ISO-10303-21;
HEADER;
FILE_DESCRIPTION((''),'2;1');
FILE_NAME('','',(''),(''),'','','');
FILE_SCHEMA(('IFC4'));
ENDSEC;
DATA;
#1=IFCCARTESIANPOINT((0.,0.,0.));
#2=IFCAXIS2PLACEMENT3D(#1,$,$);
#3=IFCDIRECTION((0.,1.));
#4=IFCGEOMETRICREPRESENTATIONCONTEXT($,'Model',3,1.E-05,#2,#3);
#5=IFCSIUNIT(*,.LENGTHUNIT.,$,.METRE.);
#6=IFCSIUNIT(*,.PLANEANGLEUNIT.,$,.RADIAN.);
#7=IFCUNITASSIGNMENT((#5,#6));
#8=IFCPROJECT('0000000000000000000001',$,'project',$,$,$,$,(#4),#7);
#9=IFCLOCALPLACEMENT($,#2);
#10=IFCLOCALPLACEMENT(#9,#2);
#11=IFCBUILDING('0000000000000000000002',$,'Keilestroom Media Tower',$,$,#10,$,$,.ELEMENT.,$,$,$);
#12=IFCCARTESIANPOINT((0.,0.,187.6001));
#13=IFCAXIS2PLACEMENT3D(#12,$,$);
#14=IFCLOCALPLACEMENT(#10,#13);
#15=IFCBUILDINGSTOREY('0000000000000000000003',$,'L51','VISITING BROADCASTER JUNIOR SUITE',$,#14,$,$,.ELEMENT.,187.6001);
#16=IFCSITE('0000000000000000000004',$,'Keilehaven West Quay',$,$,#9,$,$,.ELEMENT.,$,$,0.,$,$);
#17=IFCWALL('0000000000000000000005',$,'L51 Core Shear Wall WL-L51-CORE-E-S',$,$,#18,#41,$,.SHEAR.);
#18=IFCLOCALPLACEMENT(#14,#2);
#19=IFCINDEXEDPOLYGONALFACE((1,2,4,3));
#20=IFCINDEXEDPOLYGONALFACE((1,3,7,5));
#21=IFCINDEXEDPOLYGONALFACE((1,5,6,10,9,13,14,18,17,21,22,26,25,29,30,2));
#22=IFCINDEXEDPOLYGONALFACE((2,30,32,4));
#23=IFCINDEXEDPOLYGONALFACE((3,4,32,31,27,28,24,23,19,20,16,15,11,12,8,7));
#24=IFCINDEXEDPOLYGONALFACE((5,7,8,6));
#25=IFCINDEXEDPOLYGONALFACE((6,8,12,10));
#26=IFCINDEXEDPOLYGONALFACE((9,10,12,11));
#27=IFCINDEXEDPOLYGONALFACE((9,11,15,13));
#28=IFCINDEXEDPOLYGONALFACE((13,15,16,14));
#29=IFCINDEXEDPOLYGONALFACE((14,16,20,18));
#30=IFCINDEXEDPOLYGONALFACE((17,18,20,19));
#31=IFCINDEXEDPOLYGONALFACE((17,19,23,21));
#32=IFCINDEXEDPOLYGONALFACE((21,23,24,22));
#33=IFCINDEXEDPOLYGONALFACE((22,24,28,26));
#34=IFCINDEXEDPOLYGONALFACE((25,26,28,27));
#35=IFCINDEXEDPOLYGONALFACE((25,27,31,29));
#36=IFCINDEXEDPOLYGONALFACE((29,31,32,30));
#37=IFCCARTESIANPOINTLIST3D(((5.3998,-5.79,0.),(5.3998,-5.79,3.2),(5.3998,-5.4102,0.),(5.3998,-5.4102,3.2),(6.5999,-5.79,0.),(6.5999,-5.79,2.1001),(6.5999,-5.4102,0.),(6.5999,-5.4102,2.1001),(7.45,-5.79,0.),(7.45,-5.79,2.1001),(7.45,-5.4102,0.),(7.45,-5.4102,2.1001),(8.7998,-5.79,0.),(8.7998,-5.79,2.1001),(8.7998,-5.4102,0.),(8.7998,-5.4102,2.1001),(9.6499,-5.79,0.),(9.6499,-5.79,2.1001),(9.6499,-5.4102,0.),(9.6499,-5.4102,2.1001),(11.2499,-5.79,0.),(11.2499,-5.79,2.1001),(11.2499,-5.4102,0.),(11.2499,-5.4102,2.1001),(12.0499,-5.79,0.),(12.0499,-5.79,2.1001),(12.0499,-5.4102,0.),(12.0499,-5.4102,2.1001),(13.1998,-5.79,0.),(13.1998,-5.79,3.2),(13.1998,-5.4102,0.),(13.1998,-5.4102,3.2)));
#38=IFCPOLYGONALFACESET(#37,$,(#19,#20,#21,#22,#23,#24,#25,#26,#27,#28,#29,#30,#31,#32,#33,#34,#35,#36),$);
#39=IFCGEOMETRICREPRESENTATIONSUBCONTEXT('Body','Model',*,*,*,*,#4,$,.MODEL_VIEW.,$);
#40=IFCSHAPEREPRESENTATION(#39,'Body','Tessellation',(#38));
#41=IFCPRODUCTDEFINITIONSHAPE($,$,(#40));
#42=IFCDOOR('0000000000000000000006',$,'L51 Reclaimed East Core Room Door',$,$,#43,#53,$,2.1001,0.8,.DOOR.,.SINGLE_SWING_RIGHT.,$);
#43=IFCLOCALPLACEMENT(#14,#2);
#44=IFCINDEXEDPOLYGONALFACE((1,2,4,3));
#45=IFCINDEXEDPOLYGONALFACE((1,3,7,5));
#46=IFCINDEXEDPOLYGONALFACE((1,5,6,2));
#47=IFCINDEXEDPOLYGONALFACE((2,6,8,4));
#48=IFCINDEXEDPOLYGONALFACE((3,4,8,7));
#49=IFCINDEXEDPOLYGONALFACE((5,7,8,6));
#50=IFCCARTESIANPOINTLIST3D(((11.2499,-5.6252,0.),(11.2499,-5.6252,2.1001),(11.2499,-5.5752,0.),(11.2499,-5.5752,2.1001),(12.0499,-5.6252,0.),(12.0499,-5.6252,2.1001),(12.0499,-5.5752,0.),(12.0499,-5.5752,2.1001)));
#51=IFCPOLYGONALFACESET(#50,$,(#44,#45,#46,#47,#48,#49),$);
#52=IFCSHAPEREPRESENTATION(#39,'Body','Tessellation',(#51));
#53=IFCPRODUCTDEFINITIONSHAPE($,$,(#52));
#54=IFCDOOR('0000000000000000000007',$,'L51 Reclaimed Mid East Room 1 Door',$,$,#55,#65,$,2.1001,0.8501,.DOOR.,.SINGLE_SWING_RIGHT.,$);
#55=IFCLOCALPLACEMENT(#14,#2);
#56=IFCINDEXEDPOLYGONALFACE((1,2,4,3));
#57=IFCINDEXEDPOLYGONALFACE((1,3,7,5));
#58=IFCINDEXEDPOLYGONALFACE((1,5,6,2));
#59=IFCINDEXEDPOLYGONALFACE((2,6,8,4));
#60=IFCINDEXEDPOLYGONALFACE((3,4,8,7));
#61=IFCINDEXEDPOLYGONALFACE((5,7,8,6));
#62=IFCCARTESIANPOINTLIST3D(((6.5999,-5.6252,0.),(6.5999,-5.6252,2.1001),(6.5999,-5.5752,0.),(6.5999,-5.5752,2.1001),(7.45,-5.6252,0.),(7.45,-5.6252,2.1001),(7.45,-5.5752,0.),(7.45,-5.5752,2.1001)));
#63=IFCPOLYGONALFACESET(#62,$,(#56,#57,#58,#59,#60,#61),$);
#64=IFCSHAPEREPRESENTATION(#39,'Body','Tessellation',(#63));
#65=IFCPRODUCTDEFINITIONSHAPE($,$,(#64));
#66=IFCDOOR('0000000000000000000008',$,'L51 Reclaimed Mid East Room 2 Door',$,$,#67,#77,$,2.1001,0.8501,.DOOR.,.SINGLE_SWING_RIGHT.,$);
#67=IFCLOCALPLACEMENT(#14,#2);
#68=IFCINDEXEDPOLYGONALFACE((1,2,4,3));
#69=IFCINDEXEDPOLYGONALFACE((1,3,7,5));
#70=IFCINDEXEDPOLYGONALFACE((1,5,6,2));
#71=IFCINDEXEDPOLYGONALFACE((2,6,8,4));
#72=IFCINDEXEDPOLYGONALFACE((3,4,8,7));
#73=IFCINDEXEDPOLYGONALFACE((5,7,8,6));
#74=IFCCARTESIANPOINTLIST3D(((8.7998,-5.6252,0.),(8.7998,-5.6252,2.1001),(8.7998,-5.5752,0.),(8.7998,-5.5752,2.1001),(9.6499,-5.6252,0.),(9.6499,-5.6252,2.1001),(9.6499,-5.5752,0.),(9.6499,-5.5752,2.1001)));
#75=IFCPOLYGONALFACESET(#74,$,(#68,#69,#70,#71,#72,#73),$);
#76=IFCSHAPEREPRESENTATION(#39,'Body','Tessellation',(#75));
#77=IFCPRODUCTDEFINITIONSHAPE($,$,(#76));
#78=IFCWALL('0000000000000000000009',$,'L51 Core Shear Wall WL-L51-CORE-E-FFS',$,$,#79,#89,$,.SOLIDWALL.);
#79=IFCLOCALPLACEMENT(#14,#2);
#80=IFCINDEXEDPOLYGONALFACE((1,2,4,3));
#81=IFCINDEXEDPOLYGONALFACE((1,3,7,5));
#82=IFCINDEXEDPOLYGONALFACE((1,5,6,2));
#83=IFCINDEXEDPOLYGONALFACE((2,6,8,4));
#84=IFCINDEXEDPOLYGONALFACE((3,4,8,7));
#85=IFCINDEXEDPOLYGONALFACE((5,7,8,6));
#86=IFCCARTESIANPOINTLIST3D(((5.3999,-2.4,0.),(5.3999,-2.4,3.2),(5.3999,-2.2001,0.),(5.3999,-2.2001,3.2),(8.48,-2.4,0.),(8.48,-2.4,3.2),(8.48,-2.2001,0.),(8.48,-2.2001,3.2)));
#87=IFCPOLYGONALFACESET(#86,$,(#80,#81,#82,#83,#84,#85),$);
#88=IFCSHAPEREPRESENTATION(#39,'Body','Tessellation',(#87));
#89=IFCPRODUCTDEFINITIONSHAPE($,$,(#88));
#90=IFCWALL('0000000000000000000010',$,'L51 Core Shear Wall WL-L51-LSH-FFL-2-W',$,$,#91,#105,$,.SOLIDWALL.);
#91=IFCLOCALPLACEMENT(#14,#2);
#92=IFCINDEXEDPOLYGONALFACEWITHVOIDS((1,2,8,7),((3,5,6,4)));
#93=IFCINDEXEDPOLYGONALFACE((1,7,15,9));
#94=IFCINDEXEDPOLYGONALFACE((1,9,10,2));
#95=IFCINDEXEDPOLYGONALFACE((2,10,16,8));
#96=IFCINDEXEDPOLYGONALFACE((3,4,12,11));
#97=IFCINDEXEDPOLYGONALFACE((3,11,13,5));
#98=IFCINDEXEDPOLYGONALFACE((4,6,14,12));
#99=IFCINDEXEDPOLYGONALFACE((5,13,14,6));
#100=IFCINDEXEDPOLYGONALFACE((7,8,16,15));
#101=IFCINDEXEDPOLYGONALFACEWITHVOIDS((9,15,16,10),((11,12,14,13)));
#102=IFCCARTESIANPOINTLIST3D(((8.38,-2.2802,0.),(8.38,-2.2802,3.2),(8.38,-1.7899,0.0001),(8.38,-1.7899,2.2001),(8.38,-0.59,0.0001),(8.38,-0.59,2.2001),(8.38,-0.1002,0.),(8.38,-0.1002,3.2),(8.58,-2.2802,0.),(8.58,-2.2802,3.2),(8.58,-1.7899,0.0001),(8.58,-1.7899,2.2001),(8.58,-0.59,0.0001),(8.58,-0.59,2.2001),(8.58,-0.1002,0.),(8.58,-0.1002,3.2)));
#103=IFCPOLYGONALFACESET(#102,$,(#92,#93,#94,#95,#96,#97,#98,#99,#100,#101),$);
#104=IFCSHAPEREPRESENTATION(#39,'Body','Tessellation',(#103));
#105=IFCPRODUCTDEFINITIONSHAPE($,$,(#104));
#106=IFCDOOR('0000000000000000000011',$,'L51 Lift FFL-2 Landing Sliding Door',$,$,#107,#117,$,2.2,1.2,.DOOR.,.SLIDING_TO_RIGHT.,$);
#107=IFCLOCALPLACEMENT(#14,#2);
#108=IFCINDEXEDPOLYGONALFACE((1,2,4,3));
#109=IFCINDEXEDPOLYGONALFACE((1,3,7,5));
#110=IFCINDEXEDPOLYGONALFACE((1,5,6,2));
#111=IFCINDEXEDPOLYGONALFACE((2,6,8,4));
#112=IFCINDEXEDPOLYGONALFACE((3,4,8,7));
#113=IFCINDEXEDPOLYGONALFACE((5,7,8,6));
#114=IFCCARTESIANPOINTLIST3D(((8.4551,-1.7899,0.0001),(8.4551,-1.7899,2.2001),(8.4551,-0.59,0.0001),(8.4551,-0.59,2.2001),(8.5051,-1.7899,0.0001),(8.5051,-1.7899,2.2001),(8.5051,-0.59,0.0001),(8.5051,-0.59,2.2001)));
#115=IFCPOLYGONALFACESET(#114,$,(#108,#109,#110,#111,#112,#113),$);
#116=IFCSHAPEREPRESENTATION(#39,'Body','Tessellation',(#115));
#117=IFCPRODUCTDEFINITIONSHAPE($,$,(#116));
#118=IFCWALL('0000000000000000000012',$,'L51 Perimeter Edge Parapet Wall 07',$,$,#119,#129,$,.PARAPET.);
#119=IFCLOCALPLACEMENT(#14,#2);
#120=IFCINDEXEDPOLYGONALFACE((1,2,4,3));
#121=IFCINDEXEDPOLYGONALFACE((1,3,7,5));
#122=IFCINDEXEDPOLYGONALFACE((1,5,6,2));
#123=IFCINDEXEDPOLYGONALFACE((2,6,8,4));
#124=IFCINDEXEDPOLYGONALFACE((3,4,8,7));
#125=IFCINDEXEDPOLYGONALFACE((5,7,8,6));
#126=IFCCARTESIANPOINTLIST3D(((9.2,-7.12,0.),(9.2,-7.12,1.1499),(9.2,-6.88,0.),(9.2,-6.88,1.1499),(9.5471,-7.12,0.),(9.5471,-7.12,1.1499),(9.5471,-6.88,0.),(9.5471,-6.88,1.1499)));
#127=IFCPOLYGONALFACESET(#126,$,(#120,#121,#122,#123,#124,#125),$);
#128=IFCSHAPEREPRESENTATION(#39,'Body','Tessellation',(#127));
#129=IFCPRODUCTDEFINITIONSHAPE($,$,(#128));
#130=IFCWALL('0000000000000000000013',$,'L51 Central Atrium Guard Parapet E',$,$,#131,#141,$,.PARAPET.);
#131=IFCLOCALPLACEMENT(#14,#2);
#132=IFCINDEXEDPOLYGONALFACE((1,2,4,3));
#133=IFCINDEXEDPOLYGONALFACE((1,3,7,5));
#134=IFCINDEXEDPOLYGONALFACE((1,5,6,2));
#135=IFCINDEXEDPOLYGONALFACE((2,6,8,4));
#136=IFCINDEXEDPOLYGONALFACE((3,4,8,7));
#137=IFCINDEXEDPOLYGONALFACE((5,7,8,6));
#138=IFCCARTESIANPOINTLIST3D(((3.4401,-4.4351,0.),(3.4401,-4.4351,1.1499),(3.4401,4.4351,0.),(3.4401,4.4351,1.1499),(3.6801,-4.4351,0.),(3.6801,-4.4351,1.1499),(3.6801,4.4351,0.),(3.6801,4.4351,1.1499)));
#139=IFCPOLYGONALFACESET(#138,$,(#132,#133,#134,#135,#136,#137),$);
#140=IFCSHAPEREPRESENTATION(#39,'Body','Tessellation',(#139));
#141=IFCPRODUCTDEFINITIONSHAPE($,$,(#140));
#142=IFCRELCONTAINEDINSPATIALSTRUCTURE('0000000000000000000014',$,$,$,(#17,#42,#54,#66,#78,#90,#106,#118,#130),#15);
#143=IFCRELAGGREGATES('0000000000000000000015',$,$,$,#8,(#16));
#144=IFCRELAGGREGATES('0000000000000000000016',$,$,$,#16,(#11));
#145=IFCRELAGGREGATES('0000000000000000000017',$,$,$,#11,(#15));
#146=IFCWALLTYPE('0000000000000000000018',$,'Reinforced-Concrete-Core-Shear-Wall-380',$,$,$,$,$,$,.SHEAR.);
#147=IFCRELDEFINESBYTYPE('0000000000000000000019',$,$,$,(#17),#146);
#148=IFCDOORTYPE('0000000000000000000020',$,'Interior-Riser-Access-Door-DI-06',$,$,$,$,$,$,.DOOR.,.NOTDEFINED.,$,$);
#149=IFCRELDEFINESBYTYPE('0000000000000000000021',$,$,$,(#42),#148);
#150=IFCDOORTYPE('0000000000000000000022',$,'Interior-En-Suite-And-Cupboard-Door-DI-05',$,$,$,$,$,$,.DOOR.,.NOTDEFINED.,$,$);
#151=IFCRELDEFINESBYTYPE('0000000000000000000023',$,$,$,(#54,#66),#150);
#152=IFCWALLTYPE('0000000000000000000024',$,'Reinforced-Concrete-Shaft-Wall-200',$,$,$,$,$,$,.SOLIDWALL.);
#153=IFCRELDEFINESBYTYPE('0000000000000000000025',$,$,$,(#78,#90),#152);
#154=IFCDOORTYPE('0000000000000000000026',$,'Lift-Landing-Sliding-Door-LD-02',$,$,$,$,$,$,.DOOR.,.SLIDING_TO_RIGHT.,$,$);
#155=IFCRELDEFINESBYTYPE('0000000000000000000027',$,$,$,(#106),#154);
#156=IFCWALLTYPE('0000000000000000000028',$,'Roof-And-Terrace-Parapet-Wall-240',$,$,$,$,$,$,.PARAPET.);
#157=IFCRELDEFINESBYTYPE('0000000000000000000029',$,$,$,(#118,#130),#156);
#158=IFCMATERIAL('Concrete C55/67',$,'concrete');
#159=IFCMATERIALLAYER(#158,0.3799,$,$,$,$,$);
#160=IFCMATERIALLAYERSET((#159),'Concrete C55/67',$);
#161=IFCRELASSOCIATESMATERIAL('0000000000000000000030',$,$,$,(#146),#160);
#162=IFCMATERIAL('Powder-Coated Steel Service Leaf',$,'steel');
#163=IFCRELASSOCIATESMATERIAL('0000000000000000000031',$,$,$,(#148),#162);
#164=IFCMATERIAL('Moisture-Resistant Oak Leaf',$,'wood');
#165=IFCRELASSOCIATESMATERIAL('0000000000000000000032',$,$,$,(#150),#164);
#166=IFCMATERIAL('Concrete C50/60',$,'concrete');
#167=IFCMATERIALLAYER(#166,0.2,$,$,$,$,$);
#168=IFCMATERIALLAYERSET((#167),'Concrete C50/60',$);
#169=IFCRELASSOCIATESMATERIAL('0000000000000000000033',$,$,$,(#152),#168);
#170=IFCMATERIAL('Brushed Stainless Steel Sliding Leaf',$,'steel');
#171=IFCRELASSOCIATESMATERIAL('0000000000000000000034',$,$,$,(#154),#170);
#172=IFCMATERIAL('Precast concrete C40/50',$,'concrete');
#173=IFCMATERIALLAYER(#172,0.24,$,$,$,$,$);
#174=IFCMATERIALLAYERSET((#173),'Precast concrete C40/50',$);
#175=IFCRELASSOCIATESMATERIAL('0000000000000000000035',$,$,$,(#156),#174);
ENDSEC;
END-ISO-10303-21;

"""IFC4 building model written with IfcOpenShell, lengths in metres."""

from ifc_helpers import new_model, si_unit, direction, frame, frame_2d, origin, place, context, subcontext, project, spatial, rectangle, extrude, source, transform, mapped, material, layer, layer_set, type_object, element, fill, save


model = new_model("IFC4")

# Units and contexts
model_context = context("Model", 3, precision=1e-05, world=origin(), true_north=direction((0.0, 1.0)))
body_context = subcontext(model_context, "Body", "Model", "MODEL_VIEW")
ifc_project = project(units=[si_unit("LENGTHUNIT", "METRE"), si_unit("PLANEANGLEUNIT", "RADIAN")], contexts=[model_context])

# Site, building, storey
site_placement = place(None, origin())
site = spatial("IfcSite", under=ifc_project, at=site_placement, Name="Keilehaven West Quay", CompositionType="ELEMENT", RefElevation=0.0)
building_placement = place(site_placement, origin())
building = spatial("IfcBuilding", under=site, at=building_placement, Name="Keilestroom Media Tower", CompositionType="ELEMENT")
storey_placement = place(building_placement, frame((0.0, 0.0, 187.6001)))
storey = spatial("IfcBuildingStorey", under=building, at=storey_placement, Name="L51", Description="VISITING BROADCASTER JUNIOR SUITE", CompositionType="ELEMENT", Elevation=187.6001)

# Wall, openings, doors
ifc_material_1 = material(Name="Concrete C55/67", Category="concrete")
ifc_layer_1 = layer(ifc_material_1, 0.3799)
ifc_layer_set_1 = layer_set([ifc_layer_1], Name="Concrete C55/67")
wall_type_1 = type_object("IfcWallType", Name="Reinforced-Concrete-Core-Shear-Wall-380", PredefinedType="SHEAR", material=ifc_layer_set_1)
shared_shape_1 = source(origin(), body_context, "Body", "SweptSolid", [
    extrude(rectangle(XDim=1.2, YDim=2.2, at=frame_2d((0.6001, 1.1001))), frame((0.0, 0.0249, 0.0), z_axis=(0.0, -1.0, 0.0), x_axis=(1.0, 0.0, 0.0)), (0.0, 0.0, 1.0), 0.05),
])
ifc_material_2 = material(Name="Powder-Coated Steel Service Leaf", Category="steel")
door_type_1 = type_object("IfcDoorType", Name="Interior-Riser-Access-Door-DI-06", OperationType="NOTDEFINED", PredefinedType="DOOR", material=ifc_material_2)
shared_shape_2 = source(origin(), body_context, "Body", "SweptSolid", [
    extrude(rectangle(XDim=0.8, YDim=2.1001, at=frame_2d((0.3999, 1.05))), frame((0.0, 0.0249, 0.0), z_axis=(0.0, -1.0, 0.0), x_axis=(1.0, 0.0, 0.0)), (0.0, 0.0, 1.0), 0.05),
])
wall_1_placement = place(storey_placement, frame((5.3999, -5.6001, 0.0), z_axis=(0.0, 0.0, 1.0), x_axis=(1.0, 0.0, 0.0)))
wall_1 = element("IfcWall", 1, at=wall_1_placement, inside=storey, type_object=wall_type_1, Name="L51 Core Shear Wall WL-L51-CORE-E-S", PredefinedType="SHEAR", context=body_context, shape_type="SweptSolid", body=[
    extrude(rectangle(XDim=7.8, YDim=0.3799, at=frame_2d((3.8999, 0.0))), origin(), (0.0, 0.0, 1.0), 3.2),
])
opening_1_placement = place(wall_1_placement, frame((5.8501, 0.0, 0.0)))
opening_1 = element("IfcOpeningElement", 2, at=opening_1_placement, cuts=wall_1, PredefinedType="OPENING", context=body_context, shape_type="SweptSolid", body=[
    extrude(rectangle(XDim=0.8, YDim=2.1001, at=frame_2d((0.3999, 1.05))), frame((0.0, 0.2, 0.0), z_axis=(0.0, -1.0, 0.0), x_axis=(1.0, 0.0, 0.0)), (0.0, 0.0, 1.0), 0.3999),
])
opening_2_placement = place(wall_1_placement, frame((1.2, 0.0, 0.0)))
opening_2 = element("IfcOpeningElement", 3, at=opening_2_placement, cuts=wall_1, PredefinedType="OPENING", context=body_context, shape_type="SweptSolid", body=[
    extrude(rectangle(XDim=0.8501, YDim=2.1001, at=frame_2d((0.425, 1.05))), frame((0.0, 0.2, 0.0), z_axis=(0.0, -1.0, 0.0), x_axis=(1.0, 0.0, 0.0)), (0.0, 0.0, 1.0), 0.3999),
])
opening_3_placement = place(wall_1_placement, frame((3.3999, 0.0, 0.0)))
opening_3 = element("IfcOpeningElement", 4, at=opening_3_placement, cuts=wall_1, PredefinedType="OPENING", context=body_context, shape_type="SweptSolid", body=[
    extrude(rectangle(XDim=0.8501, YDim=2.1001, at=frame_2d((0.425, 1.05))), frame((0.0, 0.2, 0.0), z_axis=(0.0, -1.0, 0.0), x_axis=(1.0, 0.0, 0.0)), (0.0, 0.0, 1.0), 0.3999),
])
door_1_placement = place(opening_1_placement, origin())
door_1 = element("IfcDoor", 5, at=door_1_placement, inside=storey, type_object=door_type_1, Name="L51 Reclaimed East Core Room Door", OperationType="SINGLE_SWING_RIGHT", OverallHeight=2.1001, OverallWidth=0.8, PredefinedType="DOOR", context=body_context, shape_type="MappedRepresentation", body=[
    mapped(shared_shape_2, transform((0.0, 0.0, 0.0), x_axis=(1.0, 0.0, 0.0), y_axis=(0.0, 1.0, 0.0), z_axis=(0.0, 0.0, 1.0), scale=1.0)),
])
fill(opening_1, door_1)
ifc_material_3 = material(Name="Moisture-Resistant Oak Leaf", Category="wood")
door_type_2 = type_object("IfcDoorType", Name="Interior-En-Suite-And-Cupboard-Door-DI-05", OperationType="NOTDEFINED", PredefinedType="DOOR", material=ifc_material_3)
shared_shape_3 = source(origin(), body_context, "Body", "SweptSolid", [
    extrude(rectangle(XDim=0.8501, YDim=2.1001, at=frame_2d((0.425, 1.05))), frame((0.0, 0.0249, 0.0), z_axis=(0.0, -1.0, 0.0), x_axis=(1.0, 0.0, 0.0)), (0.0, 0.0, 1.0), 0.05),
])
door_2_placement = place(opening_2_placement, origin())
door_2 = element("IfcDoor", 6, at=door_2_placement, inside=storey, type_object=door_type_2, Name="L51 Reclaimed Mid East Room 1 Door", OperationType="SINGLE_SWING_RIGHT", OverallHeight=2.1001, OverallWidth=0.8501, PredefinedType="DOOR", context=body_context, shape_type="MappedRepresentation", body=[
    mapped(shared_shape_3, transform((0.0, 0.0, 0.0), x_axis=(1.0, 0.0, 0.0), y_axis=(0.0, 1.0, 0.0), z_axis=(0.0, 0.0, 1.0), scale=1.0)),
])
fill(opening_2, door_2)
door_3_placement = place(opening_3_placement, origin())
door_3 = element("IfcDoor", 7, at=door_3_placement, inside=storey, type_object=door_type_2, Name="L51 Reclaimed Mid East Room 2 Door", OperationType="SINGLE_SWING_RIGHT", OverallHeight=2.1001, OverallWidth=0.8501, PredefinedType="DOOR", context=body_context, shape_type="MappedRepresentation", body=[
    mapped(shared_shape_3, transform((0.0, 0.0, 0.0), x_axis=(1.0, 0.0, 0.0), y_axis=(0.0, 1.0, 0.0), z_axis=(0.0, 0.0, 1.0), scale=1.0)),
])
fill(opening_3, door_3)

# Wall
ifc_material_4 = material(Name="Concrete C50/60", Category="concrete")
ifc_layer_2 = layer(ifc_material_4, 0.2)
ifc_layer_set_2 = layer_set([ifc_layer_2], Name="Concrete C50/60")
wall_type_2 = type_object("IfcWallType", Name="Reinforced-Concrete-Shaft-Wall-200", PredefinedType="SOLIDWALL", material=ifc_layer_set_2)
wall_2_placement = place(storey_placement, frame((5.3999, -2.3, 0.0), z_axis=(0.0, 0.0, 1.0), x_axis=(1.0, 0.0, 0.0)))
element("IfcWall", 8, at=wall_2_placement, inside=storey, type_object=wall_type_2, Name="L51 Core Shear Wall WL-L51-CORE-E-FFS", PredefinedType="SOLIDWALL", context=body_context, shape_type="SweptSolid", body=[
    extrude(rectangle(XDim=3.0801, YDim=0.2, at=frame_2d((1.54, 0.0))), origin(), (0.0, 0.0, 1.0), 3.2),
])

# Wall, opening, door
wall_3_placement = place(storey_placement, frame((8.48, -2.28, 0.0), z_axis=(0.0, 0.0, 1.0), x_axis=(0.0, 1.0, 0.0)))
wall_3 = element("IfcWall", 9, at=wall_3_placement, inside=storey, type_object=wall_type_2, Name="L51 Core Shear Wall WL-L51-LSH-FFL-2-W", PredefinedType="SOLIDWALL", context=body_context, shape_type="SweptSolid", body=[
    extrude(rectangle(XDim=2.1799, YDim=0.2, at=frame_2d((1.0898, 0.0))), origin(), (0.0, 0.0, 1.0), 3.2),
])
opening_4_placement = place(wall_3_placement, frame((0.49, 0.0, 0.0)))
opening_4 = element("IfcOpeningElement", 10, at=opening_4_placement, cuts=wall_3, PredefinedType="OPENING", context=body_context, shape_type="SweptSolid", body=[
    extrude(rectangle(XDim=1.2, YDim=2.2, at=frame_2d((0.6001, 1.1001))), frame((0.0, 0.1099, 0.0), z_axis=(0.0, -1.0, 0.0), x_axis=(1.0, 0.0, 0.0)), (0.0, 0.0, 1.0), 0.22),
])
ifc_material_5 = material(Name="Brushed Stainless Steel Sliding Leaf", Category="steel")
door_type_3 = type_object("IfcDoorType", Name="Lift-Landing-Sliding-Door-LD-02", OperationType="SLIDING_TO_RIGHT", PredefinedType="DOOR", material=ifc_material_5)
door_4_placement = place(opening_4_placement, origin())
door_4 = element("IfcDoor", 11, at=door_4_placement, inside=storey, type_object=door_type_3, Name="L51 Lift FFL-2 Landing Sliding Door", OperationType="SLIDING_TO_RIGHT", OverallHeight=2.2, OverallWidth=1.2, PredefinedType="DOOR", context=body_context, shape_type="MappedRepresentation", body=[
    mapped(shared_shape_1, transform((0.0, 0.0, 0.0), x_axis=(1.0, 0.0, 0.0), y_axis=(0.0, 1.0, 0.0), z_axis=(0.0, 0.0, 1.0), scale=1.0)),
])
fill(opening_4, door_4)

# Walls
ifc_material_6 = material(Name="Precast concrete C40/50", Category="concrete")
ifc_layer_3 = layer(ifc_material_6, 0.24)
ifc_layer_set_3 = layer_set([ifc_layer_3], Name="Precast concrete C40/50")
wall_type_3 = type_object("IfcWallType", Name="Roof-And-Terrace-Parapet-Wall-240", PredefinedType="PARAPET", material=ifc_layer_set_3)
wall_4_placement = place(storey_placement, frame((9.5471, -7.0, 0.0), z_axis=(0.0, 0.0, 1.0), x_axis=(-1.0, 0.0, 0.0)))
element("IfcWall", 12, at=wall_4_placement, inside=storey, type_object=wall_type_3, Name="L51 Perimeter Edge Parapet Wall 07", PredefinedType="PARAPET", context=body_context, shape_type="SweptSolid", body=[
    extrude(rectangle(XDim=0.3472, YDim=0.24, at=frame_2d((0.1736, 0.0))), origin(), (0.0, 0.0, 1.0), 1.1499),
])
wall_5_placement = place(storey_placement, frame((3.5601, -4.4351, 0.0), z_axis=(0.0, 0.0, 1.0), x_axis=(0.0, 1.0, 0.0)))
element("IfcWall", 13, at=wall_5_placement, inside=storey, type_object=wall_type_3, Name="L51 Central Atrium Guard Parapet E", PredefinedType="PARAPET", context=body_context, shape_type="SweptSolid", body=[
    extrude(rectangle(XDim=8.8701, YDim=0.24, at=frame_2d((4.4351, 0.0))), origin(), (0.0, 0.0, 1.0), 1.1499),
])

save(model, "model.ifc")
